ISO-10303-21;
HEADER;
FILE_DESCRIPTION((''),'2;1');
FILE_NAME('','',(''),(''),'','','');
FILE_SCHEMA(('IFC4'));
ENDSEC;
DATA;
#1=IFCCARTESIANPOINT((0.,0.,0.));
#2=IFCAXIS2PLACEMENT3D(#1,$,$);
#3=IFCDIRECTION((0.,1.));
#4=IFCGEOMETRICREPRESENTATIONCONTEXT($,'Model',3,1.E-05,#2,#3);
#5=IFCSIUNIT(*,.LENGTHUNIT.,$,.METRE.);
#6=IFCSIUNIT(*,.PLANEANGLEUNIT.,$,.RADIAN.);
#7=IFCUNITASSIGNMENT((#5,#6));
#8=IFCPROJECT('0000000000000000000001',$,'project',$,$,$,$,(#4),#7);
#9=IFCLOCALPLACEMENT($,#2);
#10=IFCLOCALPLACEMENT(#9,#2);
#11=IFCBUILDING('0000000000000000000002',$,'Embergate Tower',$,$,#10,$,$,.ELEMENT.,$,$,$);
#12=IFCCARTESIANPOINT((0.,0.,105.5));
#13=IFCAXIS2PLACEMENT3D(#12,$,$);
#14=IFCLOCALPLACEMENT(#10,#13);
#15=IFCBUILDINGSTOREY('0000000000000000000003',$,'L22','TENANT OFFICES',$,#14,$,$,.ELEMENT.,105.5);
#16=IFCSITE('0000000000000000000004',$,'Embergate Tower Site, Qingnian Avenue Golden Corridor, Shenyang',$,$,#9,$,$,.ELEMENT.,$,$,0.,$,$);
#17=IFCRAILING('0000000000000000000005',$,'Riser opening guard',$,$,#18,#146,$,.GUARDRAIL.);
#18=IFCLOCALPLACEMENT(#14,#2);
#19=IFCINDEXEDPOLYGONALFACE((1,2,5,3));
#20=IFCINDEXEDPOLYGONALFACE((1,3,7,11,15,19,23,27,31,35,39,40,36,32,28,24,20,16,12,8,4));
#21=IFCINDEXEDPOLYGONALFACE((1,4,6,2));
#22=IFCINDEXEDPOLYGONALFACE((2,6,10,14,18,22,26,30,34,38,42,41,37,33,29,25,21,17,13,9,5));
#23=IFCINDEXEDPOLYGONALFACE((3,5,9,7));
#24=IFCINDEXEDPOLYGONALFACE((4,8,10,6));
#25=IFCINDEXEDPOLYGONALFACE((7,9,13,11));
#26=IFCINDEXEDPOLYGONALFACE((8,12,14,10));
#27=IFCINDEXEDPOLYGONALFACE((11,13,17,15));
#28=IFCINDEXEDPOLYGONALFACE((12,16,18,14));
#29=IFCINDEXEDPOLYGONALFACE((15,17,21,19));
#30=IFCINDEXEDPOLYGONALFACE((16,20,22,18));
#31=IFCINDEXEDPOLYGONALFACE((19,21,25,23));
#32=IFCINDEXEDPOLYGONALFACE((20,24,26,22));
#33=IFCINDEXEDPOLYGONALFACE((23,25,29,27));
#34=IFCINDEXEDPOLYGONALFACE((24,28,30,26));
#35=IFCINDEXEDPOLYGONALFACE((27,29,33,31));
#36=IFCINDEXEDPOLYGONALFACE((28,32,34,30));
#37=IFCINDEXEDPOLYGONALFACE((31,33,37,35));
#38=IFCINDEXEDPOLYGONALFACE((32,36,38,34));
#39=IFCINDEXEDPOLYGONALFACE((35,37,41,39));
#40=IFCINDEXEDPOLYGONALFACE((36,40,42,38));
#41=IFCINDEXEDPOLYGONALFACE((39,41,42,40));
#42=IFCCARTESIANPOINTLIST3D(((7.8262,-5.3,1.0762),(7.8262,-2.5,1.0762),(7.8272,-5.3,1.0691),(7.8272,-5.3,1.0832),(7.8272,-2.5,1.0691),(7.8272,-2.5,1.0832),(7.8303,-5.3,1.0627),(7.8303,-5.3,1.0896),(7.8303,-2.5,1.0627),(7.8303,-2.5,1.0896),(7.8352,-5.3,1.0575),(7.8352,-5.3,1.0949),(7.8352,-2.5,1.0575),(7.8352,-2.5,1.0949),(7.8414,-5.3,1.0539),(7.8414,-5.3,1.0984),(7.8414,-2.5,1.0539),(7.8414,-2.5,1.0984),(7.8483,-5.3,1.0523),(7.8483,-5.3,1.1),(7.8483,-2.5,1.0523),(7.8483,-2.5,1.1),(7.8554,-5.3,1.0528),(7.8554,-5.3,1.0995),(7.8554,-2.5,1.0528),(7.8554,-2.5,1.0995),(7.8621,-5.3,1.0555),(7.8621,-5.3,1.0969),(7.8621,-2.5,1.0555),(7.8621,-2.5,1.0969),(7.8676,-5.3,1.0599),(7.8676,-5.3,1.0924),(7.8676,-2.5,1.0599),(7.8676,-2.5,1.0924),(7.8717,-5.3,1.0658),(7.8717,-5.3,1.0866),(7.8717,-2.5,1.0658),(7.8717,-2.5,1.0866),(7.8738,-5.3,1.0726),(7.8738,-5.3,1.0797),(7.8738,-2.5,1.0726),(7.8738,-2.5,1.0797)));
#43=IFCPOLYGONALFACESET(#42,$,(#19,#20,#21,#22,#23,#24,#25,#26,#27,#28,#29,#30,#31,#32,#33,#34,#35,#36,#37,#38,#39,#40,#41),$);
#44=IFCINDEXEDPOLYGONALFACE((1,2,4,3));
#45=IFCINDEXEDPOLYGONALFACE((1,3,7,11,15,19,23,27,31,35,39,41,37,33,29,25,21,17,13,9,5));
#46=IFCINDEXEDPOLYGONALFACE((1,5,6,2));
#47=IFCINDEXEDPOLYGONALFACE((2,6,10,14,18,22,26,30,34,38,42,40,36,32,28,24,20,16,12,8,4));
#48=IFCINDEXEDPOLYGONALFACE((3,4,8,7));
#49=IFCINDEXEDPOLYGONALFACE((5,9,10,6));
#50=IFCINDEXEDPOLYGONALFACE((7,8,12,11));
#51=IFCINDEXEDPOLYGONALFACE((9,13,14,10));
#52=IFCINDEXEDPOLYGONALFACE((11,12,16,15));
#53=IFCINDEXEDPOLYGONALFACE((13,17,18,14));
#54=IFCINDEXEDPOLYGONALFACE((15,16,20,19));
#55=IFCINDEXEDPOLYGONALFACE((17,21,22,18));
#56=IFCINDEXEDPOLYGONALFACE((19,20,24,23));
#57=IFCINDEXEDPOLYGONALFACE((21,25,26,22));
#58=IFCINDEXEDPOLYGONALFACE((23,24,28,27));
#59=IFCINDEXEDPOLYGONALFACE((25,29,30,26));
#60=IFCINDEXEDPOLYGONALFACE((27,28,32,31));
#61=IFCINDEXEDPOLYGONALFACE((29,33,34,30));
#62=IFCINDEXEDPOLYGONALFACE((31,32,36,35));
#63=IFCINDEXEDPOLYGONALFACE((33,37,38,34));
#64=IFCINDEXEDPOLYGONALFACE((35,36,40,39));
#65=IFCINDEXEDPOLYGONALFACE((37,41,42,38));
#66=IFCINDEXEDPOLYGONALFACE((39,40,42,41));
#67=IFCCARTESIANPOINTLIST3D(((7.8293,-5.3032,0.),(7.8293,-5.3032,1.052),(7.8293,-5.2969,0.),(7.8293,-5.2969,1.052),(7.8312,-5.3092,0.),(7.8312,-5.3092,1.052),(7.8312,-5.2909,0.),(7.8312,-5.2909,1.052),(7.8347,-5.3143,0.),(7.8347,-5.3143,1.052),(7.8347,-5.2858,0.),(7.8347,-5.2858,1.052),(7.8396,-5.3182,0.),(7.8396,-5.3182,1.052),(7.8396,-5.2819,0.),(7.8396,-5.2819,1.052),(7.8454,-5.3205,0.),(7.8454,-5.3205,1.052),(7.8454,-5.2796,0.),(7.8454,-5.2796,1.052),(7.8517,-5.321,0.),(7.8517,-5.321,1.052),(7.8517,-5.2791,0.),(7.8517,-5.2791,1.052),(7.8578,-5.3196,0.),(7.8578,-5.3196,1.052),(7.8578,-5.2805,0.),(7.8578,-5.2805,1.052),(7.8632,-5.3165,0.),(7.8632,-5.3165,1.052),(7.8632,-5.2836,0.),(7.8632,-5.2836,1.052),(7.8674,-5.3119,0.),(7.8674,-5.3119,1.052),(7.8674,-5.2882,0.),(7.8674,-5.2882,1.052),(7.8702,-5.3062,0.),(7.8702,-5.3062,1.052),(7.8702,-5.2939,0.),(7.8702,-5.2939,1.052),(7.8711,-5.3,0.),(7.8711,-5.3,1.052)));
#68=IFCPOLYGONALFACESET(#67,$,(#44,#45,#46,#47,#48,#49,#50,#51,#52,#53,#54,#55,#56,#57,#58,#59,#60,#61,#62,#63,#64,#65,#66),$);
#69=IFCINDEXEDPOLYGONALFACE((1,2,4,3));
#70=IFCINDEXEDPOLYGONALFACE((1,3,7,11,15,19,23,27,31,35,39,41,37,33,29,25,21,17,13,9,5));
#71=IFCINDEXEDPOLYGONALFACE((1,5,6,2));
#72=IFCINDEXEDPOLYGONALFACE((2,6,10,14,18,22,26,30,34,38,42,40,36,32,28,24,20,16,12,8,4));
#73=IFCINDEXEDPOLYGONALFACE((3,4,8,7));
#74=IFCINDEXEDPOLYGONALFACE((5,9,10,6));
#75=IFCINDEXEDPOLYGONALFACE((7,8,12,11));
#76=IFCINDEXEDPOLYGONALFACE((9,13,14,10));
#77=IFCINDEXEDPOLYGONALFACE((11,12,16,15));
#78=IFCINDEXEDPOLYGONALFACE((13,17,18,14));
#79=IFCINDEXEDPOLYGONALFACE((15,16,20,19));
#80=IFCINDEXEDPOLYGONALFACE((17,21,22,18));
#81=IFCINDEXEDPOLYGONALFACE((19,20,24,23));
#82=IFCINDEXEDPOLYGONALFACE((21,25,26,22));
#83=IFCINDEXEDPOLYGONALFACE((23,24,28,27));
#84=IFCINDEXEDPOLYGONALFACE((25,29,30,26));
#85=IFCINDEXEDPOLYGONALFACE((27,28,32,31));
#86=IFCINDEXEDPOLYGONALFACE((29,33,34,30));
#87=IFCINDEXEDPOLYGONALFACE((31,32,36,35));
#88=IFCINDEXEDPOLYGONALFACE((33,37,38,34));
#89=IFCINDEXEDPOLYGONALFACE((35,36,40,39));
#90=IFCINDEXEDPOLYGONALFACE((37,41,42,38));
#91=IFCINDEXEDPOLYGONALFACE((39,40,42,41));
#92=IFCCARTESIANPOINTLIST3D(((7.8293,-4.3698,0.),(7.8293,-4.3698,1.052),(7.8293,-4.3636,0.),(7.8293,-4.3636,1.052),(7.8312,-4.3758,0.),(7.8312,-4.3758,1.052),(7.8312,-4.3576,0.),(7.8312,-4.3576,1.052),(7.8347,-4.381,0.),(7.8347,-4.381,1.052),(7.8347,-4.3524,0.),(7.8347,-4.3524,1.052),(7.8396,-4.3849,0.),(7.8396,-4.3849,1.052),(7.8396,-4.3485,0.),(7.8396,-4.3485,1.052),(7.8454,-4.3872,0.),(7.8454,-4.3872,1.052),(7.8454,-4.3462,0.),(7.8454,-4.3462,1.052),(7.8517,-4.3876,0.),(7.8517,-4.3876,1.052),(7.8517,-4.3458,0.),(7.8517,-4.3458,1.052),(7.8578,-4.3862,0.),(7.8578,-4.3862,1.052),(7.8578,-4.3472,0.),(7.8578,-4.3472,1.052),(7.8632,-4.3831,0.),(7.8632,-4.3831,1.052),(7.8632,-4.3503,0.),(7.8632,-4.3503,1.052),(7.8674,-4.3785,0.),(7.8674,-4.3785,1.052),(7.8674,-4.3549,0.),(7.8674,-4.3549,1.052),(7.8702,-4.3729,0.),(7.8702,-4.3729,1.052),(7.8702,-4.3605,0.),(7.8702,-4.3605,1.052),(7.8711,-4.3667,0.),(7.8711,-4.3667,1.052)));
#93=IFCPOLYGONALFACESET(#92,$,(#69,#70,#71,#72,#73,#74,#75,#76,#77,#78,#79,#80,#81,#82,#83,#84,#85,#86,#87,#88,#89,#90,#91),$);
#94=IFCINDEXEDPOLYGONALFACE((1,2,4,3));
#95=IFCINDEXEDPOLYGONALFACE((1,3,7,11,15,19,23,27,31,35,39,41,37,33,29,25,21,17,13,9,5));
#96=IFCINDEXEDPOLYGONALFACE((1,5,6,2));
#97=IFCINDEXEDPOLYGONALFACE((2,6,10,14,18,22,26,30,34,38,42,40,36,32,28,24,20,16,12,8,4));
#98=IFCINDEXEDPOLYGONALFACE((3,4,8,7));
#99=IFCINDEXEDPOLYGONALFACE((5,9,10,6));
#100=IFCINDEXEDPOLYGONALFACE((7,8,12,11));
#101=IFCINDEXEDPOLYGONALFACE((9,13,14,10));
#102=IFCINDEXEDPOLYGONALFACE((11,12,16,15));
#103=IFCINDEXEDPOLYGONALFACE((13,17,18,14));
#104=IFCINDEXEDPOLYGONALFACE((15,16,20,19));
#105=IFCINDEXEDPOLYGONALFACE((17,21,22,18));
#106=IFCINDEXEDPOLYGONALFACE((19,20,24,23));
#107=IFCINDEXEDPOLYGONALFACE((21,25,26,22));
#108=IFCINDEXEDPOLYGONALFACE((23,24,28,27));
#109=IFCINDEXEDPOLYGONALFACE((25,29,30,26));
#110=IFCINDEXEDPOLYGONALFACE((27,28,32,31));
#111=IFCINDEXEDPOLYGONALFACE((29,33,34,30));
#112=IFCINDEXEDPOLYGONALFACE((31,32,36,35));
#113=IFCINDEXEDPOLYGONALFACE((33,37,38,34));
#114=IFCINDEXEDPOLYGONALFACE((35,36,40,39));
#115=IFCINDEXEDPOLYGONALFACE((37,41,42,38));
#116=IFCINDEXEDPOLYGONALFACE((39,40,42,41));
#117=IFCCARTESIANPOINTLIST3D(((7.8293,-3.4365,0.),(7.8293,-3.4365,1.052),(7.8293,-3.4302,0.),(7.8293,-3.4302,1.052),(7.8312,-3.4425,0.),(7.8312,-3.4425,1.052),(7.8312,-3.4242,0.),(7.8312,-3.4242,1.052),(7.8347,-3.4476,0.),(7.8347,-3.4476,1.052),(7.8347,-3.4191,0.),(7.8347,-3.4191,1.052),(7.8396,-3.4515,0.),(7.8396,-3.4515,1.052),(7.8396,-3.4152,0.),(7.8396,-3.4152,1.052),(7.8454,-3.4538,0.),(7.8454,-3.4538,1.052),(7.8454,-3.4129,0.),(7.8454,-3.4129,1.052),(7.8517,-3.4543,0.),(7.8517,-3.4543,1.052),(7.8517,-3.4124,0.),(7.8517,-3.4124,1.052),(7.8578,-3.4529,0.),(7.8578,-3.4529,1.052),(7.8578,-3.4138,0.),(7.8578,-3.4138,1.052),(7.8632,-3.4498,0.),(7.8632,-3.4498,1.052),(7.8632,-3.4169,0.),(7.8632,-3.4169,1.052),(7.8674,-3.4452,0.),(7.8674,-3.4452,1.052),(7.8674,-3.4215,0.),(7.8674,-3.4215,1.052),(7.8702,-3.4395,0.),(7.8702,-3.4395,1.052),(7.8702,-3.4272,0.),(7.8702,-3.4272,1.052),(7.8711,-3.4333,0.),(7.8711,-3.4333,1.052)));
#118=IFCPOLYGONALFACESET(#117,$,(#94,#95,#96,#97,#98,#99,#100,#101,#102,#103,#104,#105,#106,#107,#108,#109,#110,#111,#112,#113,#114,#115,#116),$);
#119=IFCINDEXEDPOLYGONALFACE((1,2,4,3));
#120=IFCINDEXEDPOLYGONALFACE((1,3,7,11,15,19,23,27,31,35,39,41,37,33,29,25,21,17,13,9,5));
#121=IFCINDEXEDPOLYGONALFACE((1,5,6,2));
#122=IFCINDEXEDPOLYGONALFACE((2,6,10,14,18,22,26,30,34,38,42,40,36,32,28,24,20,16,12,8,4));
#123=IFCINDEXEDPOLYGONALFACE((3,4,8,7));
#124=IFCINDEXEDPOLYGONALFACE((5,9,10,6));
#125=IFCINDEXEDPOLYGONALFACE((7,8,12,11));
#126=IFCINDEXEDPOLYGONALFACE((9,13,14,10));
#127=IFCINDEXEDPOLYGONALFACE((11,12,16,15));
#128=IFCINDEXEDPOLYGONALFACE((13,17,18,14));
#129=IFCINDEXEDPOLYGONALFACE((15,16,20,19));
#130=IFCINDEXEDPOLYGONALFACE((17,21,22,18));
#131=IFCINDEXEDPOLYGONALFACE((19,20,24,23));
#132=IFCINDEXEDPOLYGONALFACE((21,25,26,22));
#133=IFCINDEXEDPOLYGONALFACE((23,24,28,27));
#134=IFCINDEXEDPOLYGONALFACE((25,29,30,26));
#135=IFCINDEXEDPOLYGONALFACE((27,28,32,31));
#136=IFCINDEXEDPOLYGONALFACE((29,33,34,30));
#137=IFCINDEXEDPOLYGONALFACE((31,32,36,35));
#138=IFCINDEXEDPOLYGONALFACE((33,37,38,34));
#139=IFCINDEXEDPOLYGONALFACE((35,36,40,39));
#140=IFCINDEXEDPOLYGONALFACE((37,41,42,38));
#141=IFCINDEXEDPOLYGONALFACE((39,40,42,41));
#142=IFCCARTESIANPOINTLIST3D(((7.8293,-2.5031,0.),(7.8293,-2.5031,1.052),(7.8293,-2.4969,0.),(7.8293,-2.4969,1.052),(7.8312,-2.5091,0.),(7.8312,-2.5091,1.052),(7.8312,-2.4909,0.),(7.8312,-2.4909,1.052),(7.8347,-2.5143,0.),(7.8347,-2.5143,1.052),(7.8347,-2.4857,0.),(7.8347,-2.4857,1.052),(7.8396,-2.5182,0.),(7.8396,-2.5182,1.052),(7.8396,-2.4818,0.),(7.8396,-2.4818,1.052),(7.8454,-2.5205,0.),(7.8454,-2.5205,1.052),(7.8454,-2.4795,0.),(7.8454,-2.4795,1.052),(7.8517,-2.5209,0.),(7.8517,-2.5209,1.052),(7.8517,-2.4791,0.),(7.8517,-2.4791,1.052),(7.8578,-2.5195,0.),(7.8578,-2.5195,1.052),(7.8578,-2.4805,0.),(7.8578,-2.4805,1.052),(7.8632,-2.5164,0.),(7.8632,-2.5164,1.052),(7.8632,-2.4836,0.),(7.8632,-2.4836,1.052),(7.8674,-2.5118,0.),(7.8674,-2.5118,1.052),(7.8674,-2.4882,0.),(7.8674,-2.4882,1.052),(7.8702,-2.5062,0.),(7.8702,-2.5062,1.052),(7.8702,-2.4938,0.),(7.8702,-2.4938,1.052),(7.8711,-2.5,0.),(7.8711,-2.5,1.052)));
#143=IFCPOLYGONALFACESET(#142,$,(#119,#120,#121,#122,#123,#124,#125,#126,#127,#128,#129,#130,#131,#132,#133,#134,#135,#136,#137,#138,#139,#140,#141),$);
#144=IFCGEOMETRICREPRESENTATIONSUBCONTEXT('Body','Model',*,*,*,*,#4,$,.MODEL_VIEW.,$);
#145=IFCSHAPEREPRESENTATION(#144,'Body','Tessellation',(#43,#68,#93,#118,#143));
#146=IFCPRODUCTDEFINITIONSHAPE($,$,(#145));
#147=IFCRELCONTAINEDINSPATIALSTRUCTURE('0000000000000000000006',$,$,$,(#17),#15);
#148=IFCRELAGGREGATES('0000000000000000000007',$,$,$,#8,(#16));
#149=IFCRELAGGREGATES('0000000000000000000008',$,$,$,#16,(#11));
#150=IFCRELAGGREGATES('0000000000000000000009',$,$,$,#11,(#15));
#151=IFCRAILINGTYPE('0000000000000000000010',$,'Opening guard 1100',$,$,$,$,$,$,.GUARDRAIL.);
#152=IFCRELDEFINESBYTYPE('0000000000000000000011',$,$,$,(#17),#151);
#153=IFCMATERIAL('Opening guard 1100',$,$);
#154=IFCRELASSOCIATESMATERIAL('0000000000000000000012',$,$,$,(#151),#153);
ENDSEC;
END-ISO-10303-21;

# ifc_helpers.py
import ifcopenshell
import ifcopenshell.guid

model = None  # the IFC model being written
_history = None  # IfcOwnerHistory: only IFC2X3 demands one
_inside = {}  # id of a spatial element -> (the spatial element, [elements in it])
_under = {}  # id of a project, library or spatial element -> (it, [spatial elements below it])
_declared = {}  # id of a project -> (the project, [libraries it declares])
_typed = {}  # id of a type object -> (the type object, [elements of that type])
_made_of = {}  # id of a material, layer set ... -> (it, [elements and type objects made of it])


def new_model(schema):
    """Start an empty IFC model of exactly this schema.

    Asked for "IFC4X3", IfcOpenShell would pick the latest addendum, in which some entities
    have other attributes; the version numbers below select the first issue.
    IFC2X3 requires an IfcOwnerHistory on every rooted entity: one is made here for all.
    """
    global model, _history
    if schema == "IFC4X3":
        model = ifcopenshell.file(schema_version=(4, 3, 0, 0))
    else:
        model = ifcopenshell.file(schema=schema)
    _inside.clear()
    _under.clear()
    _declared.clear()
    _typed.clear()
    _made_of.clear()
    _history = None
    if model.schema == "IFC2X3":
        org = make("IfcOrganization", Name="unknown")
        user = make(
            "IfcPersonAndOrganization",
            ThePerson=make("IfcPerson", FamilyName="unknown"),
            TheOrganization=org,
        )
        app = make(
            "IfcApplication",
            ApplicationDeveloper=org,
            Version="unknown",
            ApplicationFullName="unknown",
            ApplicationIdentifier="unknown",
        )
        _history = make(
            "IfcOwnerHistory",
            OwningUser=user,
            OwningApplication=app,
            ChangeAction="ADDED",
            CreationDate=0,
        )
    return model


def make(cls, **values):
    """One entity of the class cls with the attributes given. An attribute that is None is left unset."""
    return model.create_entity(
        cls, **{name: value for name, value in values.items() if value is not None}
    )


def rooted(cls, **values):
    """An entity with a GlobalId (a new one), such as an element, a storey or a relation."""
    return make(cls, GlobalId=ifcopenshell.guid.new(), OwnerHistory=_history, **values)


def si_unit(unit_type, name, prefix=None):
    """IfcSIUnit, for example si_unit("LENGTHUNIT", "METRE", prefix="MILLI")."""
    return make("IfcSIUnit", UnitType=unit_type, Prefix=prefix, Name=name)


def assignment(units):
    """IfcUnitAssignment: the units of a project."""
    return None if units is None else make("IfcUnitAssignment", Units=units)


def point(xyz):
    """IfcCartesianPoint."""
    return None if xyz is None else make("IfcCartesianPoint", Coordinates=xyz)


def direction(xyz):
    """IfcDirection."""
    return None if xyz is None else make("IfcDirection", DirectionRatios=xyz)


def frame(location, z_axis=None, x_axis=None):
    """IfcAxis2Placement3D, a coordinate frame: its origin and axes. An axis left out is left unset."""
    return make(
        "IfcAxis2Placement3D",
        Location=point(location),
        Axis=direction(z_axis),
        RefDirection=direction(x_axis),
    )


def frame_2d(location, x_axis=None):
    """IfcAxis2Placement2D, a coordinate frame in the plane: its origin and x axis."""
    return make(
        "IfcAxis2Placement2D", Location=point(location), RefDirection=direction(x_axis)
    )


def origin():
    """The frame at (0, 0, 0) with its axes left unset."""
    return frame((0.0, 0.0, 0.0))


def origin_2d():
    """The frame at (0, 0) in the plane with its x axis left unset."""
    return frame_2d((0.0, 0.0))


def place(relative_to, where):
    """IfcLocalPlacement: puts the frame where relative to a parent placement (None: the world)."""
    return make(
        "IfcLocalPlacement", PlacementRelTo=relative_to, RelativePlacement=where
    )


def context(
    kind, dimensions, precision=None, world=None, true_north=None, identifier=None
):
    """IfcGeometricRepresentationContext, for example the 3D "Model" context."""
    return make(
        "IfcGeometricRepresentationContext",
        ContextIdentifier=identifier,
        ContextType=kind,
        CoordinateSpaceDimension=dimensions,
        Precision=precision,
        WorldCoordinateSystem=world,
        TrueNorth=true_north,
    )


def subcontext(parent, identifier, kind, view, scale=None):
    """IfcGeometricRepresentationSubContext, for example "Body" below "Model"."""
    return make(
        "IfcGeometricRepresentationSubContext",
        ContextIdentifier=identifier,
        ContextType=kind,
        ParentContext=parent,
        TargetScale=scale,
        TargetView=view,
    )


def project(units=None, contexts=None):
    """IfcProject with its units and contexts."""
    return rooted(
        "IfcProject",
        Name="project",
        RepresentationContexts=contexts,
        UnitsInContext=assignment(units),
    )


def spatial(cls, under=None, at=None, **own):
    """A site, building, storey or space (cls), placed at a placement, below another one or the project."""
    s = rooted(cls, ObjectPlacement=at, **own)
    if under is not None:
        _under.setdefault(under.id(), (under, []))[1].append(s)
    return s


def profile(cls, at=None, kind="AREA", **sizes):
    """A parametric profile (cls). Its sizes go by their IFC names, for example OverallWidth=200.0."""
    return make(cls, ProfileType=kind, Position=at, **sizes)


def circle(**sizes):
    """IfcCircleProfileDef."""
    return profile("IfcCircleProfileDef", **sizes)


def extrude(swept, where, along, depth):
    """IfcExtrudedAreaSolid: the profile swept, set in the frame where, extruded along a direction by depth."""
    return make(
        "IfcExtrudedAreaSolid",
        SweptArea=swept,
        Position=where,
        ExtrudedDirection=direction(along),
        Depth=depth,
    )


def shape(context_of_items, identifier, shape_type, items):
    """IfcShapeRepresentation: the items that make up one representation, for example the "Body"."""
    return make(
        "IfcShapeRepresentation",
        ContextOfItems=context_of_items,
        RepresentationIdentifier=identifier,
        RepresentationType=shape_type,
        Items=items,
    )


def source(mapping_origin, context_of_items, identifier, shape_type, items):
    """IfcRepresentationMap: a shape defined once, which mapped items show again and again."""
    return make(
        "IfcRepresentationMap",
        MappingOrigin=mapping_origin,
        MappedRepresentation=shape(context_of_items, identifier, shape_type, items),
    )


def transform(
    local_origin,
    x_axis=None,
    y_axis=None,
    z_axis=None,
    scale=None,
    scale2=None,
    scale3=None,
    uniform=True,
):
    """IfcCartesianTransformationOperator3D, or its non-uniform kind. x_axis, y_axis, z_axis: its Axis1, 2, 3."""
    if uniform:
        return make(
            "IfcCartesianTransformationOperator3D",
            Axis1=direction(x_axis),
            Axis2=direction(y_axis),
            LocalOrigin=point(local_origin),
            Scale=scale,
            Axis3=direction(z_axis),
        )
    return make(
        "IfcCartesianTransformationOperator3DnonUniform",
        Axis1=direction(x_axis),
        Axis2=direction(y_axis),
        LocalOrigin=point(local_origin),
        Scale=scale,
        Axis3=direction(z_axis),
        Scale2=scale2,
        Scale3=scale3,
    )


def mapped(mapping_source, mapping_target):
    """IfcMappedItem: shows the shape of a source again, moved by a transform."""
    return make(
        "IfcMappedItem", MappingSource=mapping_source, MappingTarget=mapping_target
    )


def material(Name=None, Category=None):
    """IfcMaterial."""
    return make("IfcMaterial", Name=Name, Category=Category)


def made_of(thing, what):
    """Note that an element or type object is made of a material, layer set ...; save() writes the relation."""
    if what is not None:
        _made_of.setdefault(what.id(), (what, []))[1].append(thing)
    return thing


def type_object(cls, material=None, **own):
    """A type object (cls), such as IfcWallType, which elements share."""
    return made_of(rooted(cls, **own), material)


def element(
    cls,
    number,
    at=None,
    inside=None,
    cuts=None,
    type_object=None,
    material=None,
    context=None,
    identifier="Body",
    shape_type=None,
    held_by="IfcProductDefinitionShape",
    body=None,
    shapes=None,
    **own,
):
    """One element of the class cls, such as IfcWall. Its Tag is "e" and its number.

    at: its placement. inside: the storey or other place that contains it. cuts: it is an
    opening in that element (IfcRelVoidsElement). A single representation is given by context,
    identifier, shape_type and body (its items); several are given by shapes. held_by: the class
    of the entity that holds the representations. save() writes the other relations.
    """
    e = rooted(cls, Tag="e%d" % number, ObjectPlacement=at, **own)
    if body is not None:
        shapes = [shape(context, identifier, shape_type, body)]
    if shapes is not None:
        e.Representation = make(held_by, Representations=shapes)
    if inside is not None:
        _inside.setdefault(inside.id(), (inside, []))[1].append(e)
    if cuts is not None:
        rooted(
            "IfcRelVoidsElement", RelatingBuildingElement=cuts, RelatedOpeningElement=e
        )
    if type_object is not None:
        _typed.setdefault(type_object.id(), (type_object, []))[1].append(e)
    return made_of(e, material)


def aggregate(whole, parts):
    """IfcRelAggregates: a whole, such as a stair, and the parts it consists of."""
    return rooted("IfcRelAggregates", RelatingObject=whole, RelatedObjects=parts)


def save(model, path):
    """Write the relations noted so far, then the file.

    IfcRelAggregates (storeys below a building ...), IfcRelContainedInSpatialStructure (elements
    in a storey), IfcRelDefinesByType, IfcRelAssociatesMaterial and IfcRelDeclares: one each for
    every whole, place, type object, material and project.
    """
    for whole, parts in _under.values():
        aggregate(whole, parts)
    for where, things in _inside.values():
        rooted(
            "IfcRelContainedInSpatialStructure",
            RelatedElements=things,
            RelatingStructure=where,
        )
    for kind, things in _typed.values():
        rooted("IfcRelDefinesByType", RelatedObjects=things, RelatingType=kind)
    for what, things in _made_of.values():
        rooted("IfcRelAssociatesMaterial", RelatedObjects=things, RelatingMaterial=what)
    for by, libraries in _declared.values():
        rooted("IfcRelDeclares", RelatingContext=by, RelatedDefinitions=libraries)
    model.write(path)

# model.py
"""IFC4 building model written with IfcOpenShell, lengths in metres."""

from ifc_helpers import new_model, si_unit, direction, frame, origin, origin_2d, place, context, subcontext, project, spatial, circle, extrude, source, transform, mapped, material, type_object, element, save


model = new_model("IFC4")

# Units and contexts
model_context = context("Model", 3, precision=1e-05, world=origin(), true_north=direction((0.0, 1.0)))
body_context = subcontext(model_context, "Body", "Model", "MODEL_VIEW")
ifc_project = project(units=[si_unit("LENGTHUNIT", "METRE"), si_unit("PLANEANGLEUNIT", "RADIAN")], contexts=[model_context])

# Site, building, storey
site_placement = place(None, origin())
site = spatial("IfcSite", under=ifc_project, at=site_placement, Name="Embergate Tower Site, Qingnian Avenue Golden Corridor, Shenyang", CompositionType="ELEMENT", RefElevation=0.0)
building_placement = place(site_placement, origin())
building = spatial("IfcBuilding", under=site, at=building_placement, Name="Embergate Tower", CompositionType="ELEMENT")
storey_placement = place(building_placement, frame((0.0, 0.0, 105.5)))
storey = spatial("IfcBuildingStorey", under=building, at=storey_placement, Name="L22", Description="TENANT OFFICES", CompositionType="ELEMENT", Elevation=105.5)

# Railing
ifc_material_1 = material(Name="Opening guard 1100")
railing_type = type_object("IfcRailingType", Name="Opening guard 1100", PredefinedType="GUARDRAIL", material=ifc_material_1)
shared_shape_1 = source(origin(), body_context, "Body", "SweptSolid", [
    extrude(circle(Radius=0.0239, at=origin_2d()), frame((0.0, 0.0, 1.0762), z_axis=(0.0, 1.0, 0.0), x_axis=(-1.0, 0.0, 0.0)), (0.0, 0.0, 1.0), 2.8),
    extrude(circle(Radius=0.021, at=origin_2d()), origin(), (0.0, 0.0, 1.0), 1.052),
    extrude(circle(Radius=0.021, at=origin_2d()), frame((0.0, 0.9333, 0.0)), (0.0, 0.0, 1.0), 1.052),
    extrude(circle(Radius=0.021, at=origin_2d()), frame((0.0, 1.8667, 0.0)), (0.0, 0.0, 1.0), 1.052),
    extrude(circle(Radius=0.021, at=origin_2d()), frame((0.0, 2.8, 0.0)), (0.0, 0.0, 1.0), 1.052),
])
railing_placement = place(storey_placement, frame((7.8501, -5.3, 0.0)))
element("IfcRailing", 1, at=railing_placement, inside=storey, type_object=railing_type, Name="Riser opening guard", PredefinedType="GUARDRAIL", context=body_context, shape_type="MappedRepresentation", body=[
    mapped(shared_shape_1, transform((0.0, 0.0, 0.0))),
])

save(model, "model.ifc")
